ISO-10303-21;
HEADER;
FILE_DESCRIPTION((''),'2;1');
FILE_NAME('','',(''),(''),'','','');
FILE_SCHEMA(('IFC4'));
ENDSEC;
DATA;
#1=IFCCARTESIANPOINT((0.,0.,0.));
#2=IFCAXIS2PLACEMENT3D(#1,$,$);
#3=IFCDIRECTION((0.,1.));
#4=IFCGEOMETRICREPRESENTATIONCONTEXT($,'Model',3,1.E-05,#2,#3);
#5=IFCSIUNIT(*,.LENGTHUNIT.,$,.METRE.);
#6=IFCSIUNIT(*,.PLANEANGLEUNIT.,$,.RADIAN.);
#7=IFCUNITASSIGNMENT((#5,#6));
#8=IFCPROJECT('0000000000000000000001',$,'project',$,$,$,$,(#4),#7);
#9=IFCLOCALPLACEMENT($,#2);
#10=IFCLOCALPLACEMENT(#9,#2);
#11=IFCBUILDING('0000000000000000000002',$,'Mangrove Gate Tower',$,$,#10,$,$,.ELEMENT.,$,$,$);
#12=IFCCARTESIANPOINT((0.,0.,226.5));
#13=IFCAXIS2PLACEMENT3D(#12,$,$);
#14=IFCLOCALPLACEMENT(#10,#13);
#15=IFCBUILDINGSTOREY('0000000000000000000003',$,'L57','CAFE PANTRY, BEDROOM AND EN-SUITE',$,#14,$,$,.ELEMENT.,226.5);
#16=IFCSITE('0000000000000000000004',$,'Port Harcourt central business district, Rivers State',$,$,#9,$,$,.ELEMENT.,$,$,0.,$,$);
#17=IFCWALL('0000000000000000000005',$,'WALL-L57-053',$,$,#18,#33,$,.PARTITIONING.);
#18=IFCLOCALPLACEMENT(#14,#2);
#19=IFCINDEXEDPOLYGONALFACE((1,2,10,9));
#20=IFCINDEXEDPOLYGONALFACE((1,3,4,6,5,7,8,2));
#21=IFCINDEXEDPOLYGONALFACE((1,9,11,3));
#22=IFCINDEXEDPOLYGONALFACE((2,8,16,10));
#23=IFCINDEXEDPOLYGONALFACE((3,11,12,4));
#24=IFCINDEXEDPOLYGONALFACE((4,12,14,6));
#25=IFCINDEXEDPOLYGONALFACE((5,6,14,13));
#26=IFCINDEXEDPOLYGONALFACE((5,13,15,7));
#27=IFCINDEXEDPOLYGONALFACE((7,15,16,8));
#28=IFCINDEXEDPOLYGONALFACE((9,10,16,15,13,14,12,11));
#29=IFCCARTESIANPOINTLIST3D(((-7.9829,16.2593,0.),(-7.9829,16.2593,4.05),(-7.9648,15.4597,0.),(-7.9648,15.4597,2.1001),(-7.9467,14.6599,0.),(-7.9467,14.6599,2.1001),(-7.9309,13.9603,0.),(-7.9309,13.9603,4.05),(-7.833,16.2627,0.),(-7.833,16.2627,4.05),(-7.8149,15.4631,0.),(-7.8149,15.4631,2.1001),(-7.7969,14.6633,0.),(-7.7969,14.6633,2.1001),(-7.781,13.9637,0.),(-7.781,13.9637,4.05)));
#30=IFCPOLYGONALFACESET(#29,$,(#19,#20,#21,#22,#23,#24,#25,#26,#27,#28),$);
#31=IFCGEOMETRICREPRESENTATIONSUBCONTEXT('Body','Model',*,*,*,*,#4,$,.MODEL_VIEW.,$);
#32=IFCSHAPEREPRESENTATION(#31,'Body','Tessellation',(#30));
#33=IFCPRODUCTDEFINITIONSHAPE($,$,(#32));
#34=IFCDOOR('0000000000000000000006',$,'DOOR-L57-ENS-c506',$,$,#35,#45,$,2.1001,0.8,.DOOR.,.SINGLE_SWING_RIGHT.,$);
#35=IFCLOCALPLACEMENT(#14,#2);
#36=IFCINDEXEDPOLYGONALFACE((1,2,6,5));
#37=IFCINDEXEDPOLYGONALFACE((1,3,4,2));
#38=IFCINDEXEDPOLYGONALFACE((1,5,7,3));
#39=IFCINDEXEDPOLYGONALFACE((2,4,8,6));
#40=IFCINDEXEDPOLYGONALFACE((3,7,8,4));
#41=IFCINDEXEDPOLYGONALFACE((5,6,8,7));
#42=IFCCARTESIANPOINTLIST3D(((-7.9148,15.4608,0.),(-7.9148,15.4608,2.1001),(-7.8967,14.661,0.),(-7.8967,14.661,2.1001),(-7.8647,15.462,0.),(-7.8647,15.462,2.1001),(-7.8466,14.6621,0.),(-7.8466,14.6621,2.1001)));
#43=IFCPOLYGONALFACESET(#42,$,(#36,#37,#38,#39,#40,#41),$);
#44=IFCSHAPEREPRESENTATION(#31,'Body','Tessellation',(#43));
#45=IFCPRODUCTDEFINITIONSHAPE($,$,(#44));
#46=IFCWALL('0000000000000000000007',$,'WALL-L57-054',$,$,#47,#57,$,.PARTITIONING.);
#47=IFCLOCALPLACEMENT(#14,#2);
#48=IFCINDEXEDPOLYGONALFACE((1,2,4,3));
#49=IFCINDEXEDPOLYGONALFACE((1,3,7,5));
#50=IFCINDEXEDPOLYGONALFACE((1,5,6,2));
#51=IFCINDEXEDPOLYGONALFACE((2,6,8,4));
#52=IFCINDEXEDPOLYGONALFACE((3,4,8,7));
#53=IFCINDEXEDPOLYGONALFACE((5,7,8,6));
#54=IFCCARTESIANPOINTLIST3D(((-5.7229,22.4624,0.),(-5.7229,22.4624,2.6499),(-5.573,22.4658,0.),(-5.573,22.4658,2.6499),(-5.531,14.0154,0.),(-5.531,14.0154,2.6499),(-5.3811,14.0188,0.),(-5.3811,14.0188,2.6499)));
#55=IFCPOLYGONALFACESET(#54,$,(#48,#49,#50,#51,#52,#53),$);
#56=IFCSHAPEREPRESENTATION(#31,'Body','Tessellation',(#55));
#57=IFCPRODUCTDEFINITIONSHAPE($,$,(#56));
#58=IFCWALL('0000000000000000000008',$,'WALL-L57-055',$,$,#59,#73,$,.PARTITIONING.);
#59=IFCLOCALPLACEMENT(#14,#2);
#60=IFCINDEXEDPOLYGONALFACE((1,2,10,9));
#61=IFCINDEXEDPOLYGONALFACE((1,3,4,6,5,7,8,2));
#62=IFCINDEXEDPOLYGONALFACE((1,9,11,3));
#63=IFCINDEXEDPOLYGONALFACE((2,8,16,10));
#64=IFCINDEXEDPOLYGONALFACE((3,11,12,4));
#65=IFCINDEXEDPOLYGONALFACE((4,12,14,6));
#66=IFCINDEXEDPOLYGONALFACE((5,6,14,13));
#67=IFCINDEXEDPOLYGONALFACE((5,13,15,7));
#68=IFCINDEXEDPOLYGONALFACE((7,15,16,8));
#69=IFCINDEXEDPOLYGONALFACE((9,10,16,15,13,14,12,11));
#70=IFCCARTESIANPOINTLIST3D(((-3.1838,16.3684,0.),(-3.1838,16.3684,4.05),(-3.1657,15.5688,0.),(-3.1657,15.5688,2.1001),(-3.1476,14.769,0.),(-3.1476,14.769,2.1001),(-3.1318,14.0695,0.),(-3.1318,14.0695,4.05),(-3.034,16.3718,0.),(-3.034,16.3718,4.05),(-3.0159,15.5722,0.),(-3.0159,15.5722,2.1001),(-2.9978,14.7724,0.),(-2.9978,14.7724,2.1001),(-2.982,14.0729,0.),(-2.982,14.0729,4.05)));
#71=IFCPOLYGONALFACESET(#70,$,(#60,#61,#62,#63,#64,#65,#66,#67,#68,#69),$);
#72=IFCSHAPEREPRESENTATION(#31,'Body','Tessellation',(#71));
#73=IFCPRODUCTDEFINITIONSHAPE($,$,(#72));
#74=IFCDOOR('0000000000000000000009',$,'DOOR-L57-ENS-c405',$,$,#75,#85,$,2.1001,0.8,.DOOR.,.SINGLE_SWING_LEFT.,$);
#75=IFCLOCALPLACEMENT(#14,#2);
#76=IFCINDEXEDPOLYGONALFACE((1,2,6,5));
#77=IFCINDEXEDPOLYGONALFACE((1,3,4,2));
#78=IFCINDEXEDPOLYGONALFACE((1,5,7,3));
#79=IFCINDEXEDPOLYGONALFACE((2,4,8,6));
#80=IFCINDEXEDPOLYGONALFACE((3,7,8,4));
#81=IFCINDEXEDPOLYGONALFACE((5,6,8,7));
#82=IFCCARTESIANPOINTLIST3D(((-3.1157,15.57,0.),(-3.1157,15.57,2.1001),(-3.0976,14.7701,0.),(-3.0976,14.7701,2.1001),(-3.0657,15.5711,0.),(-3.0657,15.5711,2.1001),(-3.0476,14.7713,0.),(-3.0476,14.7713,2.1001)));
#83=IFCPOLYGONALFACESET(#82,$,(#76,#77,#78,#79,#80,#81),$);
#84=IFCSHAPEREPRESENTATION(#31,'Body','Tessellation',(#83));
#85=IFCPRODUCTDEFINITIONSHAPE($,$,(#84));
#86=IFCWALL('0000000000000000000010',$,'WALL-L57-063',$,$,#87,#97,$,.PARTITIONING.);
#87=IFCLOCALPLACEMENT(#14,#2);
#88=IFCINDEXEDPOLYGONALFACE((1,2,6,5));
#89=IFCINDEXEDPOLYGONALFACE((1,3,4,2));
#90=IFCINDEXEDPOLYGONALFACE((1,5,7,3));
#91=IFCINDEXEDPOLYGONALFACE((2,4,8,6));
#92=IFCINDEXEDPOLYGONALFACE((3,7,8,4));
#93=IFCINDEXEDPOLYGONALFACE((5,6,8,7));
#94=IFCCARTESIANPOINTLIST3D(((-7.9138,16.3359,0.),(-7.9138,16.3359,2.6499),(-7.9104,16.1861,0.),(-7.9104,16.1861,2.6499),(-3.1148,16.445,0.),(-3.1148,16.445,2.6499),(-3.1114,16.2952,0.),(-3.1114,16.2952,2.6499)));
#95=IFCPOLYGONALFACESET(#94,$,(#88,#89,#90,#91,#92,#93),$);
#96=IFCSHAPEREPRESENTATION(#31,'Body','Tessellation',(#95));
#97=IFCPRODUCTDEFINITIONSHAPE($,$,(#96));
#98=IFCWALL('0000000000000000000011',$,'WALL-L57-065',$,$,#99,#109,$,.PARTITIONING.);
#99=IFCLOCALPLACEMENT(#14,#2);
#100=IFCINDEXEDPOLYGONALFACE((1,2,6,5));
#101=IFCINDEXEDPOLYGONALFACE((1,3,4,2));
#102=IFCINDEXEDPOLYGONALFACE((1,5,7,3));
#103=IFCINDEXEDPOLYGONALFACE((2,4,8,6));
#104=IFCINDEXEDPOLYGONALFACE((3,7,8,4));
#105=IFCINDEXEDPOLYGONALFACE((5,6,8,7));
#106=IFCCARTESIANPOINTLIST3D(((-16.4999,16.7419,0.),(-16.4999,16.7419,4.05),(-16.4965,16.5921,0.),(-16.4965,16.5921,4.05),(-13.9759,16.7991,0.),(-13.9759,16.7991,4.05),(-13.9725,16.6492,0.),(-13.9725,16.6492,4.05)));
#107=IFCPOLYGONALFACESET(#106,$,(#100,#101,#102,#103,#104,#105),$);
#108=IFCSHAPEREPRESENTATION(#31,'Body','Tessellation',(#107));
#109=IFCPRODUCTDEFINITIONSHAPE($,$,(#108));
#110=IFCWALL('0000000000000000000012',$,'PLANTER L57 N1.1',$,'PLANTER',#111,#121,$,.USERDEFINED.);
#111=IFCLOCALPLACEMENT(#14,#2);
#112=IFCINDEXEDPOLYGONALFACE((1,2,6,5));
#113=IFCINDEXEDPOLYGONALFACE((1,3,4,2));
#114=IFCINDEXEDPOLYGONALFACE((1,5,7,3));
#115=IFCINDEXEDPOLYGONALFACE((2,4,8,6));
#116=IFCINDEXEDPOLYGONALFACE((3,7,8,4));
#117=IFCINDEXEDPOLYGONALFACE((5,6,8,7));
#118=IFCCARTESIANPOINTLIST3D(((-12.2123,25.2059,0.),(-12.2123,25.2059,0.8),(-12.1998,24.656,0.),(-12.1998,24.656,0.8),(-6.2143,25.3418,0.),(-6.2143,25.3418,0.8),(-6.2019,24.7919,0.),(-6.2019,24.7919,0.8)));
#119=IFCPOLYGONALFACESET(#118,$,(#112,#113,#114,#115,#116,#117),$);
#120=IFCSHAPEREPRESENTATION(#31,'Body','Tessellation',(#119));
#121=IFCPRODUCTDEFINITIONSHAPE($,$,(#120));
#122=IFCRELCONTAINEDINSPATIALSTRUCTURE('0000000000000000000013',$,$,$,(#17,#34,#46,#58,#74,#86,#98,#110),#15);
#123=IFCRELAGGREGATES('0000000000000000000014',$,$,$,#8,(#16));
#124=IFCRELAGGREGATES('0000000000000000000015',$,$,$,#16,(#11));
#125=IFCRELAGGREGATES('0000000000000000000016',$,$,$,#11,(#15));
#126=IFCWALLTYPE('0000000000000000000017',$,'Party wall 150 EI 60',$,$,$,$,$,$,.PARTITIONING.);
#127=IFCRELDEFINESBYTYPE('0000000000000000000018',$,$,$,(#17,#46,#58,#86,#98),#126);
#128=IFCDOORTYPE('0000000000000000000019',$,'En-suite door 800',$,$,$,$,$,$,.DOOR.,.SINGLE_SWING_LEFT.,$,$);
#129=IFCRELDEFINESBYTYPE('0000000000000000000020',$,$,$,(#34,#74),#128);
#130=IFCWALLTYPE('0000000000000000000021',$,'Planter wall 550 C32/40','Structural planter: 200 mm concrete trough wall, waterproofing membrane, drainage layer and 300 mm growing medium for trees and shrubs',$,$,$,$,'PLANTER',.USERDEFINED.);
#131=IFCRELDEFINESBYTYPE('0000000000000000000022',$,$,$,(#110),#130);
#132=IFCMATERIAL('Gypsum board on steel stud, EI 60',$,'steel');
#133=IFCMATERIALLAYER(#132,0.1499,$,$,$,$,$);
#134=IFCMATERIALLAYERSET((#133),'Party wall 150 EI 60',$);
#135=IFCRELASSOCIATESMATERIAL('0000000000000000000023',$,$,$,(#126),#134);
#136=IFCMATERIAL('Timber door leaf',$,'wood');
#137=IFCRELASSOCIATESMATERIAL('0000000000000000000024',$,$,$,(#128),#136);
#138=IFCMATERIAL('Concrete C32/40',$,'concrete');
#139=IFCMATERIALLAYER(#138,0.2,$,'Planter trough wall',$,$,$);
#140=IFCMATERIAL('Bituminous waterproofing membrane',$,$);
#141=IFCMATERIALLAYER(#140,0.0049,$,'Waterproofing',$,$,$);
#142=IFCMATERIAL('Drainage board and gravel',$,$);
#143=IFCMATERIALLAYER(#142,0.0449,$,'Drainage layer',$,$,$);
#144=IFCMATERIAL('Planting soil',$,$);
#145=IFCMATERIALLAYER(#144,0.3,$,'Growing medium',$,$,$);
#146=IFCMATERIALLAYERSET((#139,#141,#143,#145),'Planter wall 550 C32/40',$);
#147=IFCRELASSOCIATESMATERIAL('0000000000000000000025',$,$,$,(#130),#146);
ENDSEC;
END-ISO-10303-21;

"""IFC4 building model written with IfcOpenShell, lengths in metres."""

from ifc_helpers import new_model, si_unit, direction, frame, frame_2d, origin, place, context, subcontext, project, spatial, rectangle, extrude, material, layer, layer_set, type_object, element, fill, save


model = new_model("IFC4")

# Units and contexts
model_context = context("Model", 3, precision=1e-05, world=origin(), true_north=direction((0.0, 1.0)))
body_context = subcontext(model_context, "Body", "Model", "MODEL_VIEW")
ifc_project = project(units=[si_unit("LENGTHUNIT", "METRE"), si_unit("PLANEANGLEUNIT", "RADIAN")], contexts=[model_context])

# Site, building, storey
site_placement = place(None, origin())
site = spatial("IfcSite", under=ifc_project, at=site_placement, Name="Port Harcourt central business district, Rivers State", CompositionType="ELEMENT", RefElevation=0.0)
building_placement = place(site_placement, origin())
building = spatial("IfcBuilding", under=site, at=building_placement, Name="Mangrove Gate Tower", CompositionType="ELEMENT")
storey_placement = place(building_placement, frame((0.0, 0.0, 226.5)))
storey = spatial("IfcBuildingStorey", under=building, at=storey_placement, Name="L57", Description="CAFE PANTRY, BEDROOM AND EN-SUITE", CompositionType="ELEMENT", Elevation=226.5)

# Shared definitions
ifc_material_1 = material(Name="Concrete C32/40", Category="concrete")
ifc_material_2 = material(Name="Gypsum board on steel stud, EI 60", Category="steel")
ifc_layer_1 = layer(ifc_material_2, 0.1499)
ifc_layer_set_1 = layer_set([ifc_layer_1], Name="Party wall 150 EI 60")
wall_type_1 = type_object("IfcWallType", Name="Party wall 150 EI 60", PredefinedType="PARTITIONING", material=ifc_layer_set_1)

# Wall, opening, door
wall_1_placement = place(storey_placement, frame((-7.856, 13.9619, 0.0), z_axis=(0.0, 0.0, 1.0), x_axis=(-0.022613, 0.999744, 0.0)))
wall_1 = element("IfcWall", 1, at=wall_1_placement, inside=storey, type_object=wall_type_1, Name="WALL-L57-053", PredefinedType="PARTITIONING", context=body_context, shape_type="SweptSolid", body=[
    extrude(rectangle(XDim=2.2996, YDim=0.1499, at=frame_2d((1.1499, 0.0))), origin(), (0.0, 0.0, 1.0), 4.05),
])
opening_1_placement = place(wall_1_placement, frame((0.7, 0.0, 0.0)))
opening_1 = element("IfcOpeningElement", 2, at=opening_1_placement, cuts=wall_1, PredefinedType="OPENING", context=body_context, shape_type="SweptSolid", body=[
    extrude(rectangle(XDim=0.8, YDim=2.1001, at=frame_2d((0.3999, 1.05))), frame((0.0, 0.085, 0.0), z_axis=(0.0, -1.0, 0.0), x_axis=(1.0, 0.0, 0.0)), (0.0, 0.0, 1.0), 0.1699),
])
ifc_material_3 = material(Name="Timber door leaf", Category="wood")
door_type = type_object("IfcDoorType", Name="En-suite door 800", OperationType="SINGLE_SWING_LEFT", PredefinedType="DOOR", material=ifc_material_3)
door_1_placement = place(opening_1_placement, origin())
door_1 = element("IfcDoor", 3, at=door_1_placement, inside=storey, type_object=door_type, Name="DOOR-L57-ENS-c506", OperationType="SINGLE_SWING_RIGHT", OverallHeight=2.1001, OverallWidth=0.8, PredefinedType="DOOR", context=body_context, shape_type="SweptSolid", body=[
    extrude(rectangle(XDim=0.8, YDim=2.1001, at=frame_2d((0.3999, 1.05))), frame((0.0, 0.0249, 0.0), z_axis=(0.0, -1.0, 0.0), x_axis=(1.0, 0.0, 0.0)), (0.0, 0.0, 1.0), 0.05),
])
fill(opening_1, door_1)

# Wall
wall_2_placement = place(storey_placement, frame((-5.4561, 14.0171, 0.0), z_axis=(0.0, 0.0, 1.0), x_axis=(-0.022712, 0.999742, 0.0)))
element("IfcWall", 4, at=wall_2_placement, inside=storey, type_object=wall_type_1, Name="WALL-L57-054", PredefinedType="PARTITIONING", context=body_context, shape_type="SweptSolid", body=[
    extrude(rectangle(XDim=8.4492, YDim=0.1499, at=frame_2d((4.2246, 0.0))), origin(), (0.0, 0.0, 1.0), 2.6499),
])

# Wall, opening, door
wall_3_placement = place(storey_placement, frame((-3.0569, 14.071, 0.0), z_axis=(0.0, 0.0, 1.0), x_axis=(-0.022613, 0.999744, 0.0)))
wall_3 = element("IfcWall", 5, at=wall_3_placement, inside=storey, type_object=wall_type_1, Name="WALL-L57-055", PredefinedType="PARTITIONING", context=body_context, shape_type="SweptSolid", body=[
    extrude(rectangle(XDim=2.2996, YDim=0.1499, at=frame_2d((1.1499, 0.0))), origin(), (0.0, 0.0, 1.0), 4.05),
])
opening_2_placement = place(wall_3_placement, frame((0.7, 0.0, 0.0)))
opening_2 = element("IfcOpeningElement", 6, at=opening_2_placement, cuts=wall_3, PredefinedType="OPENING", context=body_context, shape_type="SweptSolid", body=[
    extrude(rectangle(XDim=0.8, YDim=2.1001, at=frame_2d((0.3999, 1.05))), frame((0.0, 0.085, 0.0), z_axis=(0.0, -1.0, 0.0), x_axis=(1.0, 0.0, 0.0)), (0.0, 0.0, 1.0), 0.1699),
])
door_2_placement = place(opening_2_placement, origin())
door_2 = element("IfcDoor", 7, at=door_2_placement, inside=storey, type_object=door_type, Name="DOOR-L57-ENS-c405", OperationType="SINGLE_SWING_LEFT", OverallHeight=2.1001, OverallWidth=0.8, PredefinedType="DOOR", context=body_context, shape_type="SweptSolid", body=[
    extrude(rectangle(XDim=0.8, YDim=2.1001, at=frame_2d((0.3999, 1.05))), frame((0.0, 0.0249, 0.0), z_axis=(0.0, -1.0, 0.0), x_axis=(1.0, 0.0, 0.0)), (0.0, 0.0, 1.0), 0.05),
])
fill(opening_2, door_2)

# Walls
wall_4_placement = place(storey_placement, frame((-7.9121, 16.261, 0.0), z_axis=(0.0, 0.0, 1.0), x_axis=(0.999742, 0.022734, 0.0)))
element("IfcWall", 8, at=wall_4_placement, inside=storey, type_object=wall_type_1, Name="WALL-L57-063", PredefinedType="PARTITIONING", context=body_context, shape_type="SweptSolid", body=[
    extrude(rectangle(XDim=4.8003, YDim=0.1499, at=frame_2d((2.4001, 0.0))), origin(), (0.0, 0.0, 1.0), 2.6499),
])
wall_5_placement = place(storey_placement, frame((-16.498, 16.667, 0.0), z_axis=(0.0, 0.0, 1.0), x_axis=(0.999744, 0.022629, 0.0)))
element("IfcWall", 9, at=wall_5_placement, inside=storey, type_object=wall_type_1, Name="WALL-L57-065", PredefinedType="PARTITIONING", context=body_context, shape_type="SweptSolid", body=[
    extrude(rectangle(XDim=2.5247, YDim=0.1499, at=frame_2d((1.2622, 0.0))), origin(), (0.0, 0.0, 1.0), 4.05),
])
ifc_layer_2 = layer(ifc_material_1, 0.2, Name="Planter trough wall")
ifc_material_4 = material(Name="Bituminous waterproofing membrane")
ifc_layer_3 = layer(ifc_material_4, 0.0049, Name="Waterproofing")
ifc_material_5 = material(Name="Drainage board and gravel")
ifc_layer_4 = layer(ifc_material_5, 0.0449, Name="Drainage layer")
ifc_material_6 = material(Name="Planting soil")
ifc_layer_5 = layer(ifc_material_6, 0.3, Name="Growing medium")
ifc_layer_set_2 = layer_set([ifc_layer_2, ifc_layer_3, ifc_layer_4, ifc_layer_5], Name="Planter wall 550 C32/40")
wall_type_2 = type_object("IfcWallType", Name="Planter wall 550 C32/40", Description="Structural planter: 200 mm concrete trough wall, waterproofing membrane, drainage layer and 300 mm growing medium for trees and shrubs", ElementType="PLANTER", PredefinedType="USERDEFINED", material=ifc_layer_set_2)
wall_6_placement = place(storey_placement, frame((-12.2061, 24.9309, 0.0), z_axis=(0.0, 0.0, 1.0), x_axis=(0.999743, 0.022666, 0.0)))
element("IfcWall", 10, at=wall_6_placement, inside=storey, type_object=wall_type_2, Name="PLANTER L57 N1.1", ObjectType="PLANTER", PredefinedType="USERDEFINED", context=body_context, shape_type="SweptSolid", body=[
    extrude(rectangle(XDim=5.9995, YDim=0.55, at=frame_2d((2.9998, 0.0))), origin(), (0.0, 0.0, 1.0), 0.8),
])

save(model, "model.ifc")
